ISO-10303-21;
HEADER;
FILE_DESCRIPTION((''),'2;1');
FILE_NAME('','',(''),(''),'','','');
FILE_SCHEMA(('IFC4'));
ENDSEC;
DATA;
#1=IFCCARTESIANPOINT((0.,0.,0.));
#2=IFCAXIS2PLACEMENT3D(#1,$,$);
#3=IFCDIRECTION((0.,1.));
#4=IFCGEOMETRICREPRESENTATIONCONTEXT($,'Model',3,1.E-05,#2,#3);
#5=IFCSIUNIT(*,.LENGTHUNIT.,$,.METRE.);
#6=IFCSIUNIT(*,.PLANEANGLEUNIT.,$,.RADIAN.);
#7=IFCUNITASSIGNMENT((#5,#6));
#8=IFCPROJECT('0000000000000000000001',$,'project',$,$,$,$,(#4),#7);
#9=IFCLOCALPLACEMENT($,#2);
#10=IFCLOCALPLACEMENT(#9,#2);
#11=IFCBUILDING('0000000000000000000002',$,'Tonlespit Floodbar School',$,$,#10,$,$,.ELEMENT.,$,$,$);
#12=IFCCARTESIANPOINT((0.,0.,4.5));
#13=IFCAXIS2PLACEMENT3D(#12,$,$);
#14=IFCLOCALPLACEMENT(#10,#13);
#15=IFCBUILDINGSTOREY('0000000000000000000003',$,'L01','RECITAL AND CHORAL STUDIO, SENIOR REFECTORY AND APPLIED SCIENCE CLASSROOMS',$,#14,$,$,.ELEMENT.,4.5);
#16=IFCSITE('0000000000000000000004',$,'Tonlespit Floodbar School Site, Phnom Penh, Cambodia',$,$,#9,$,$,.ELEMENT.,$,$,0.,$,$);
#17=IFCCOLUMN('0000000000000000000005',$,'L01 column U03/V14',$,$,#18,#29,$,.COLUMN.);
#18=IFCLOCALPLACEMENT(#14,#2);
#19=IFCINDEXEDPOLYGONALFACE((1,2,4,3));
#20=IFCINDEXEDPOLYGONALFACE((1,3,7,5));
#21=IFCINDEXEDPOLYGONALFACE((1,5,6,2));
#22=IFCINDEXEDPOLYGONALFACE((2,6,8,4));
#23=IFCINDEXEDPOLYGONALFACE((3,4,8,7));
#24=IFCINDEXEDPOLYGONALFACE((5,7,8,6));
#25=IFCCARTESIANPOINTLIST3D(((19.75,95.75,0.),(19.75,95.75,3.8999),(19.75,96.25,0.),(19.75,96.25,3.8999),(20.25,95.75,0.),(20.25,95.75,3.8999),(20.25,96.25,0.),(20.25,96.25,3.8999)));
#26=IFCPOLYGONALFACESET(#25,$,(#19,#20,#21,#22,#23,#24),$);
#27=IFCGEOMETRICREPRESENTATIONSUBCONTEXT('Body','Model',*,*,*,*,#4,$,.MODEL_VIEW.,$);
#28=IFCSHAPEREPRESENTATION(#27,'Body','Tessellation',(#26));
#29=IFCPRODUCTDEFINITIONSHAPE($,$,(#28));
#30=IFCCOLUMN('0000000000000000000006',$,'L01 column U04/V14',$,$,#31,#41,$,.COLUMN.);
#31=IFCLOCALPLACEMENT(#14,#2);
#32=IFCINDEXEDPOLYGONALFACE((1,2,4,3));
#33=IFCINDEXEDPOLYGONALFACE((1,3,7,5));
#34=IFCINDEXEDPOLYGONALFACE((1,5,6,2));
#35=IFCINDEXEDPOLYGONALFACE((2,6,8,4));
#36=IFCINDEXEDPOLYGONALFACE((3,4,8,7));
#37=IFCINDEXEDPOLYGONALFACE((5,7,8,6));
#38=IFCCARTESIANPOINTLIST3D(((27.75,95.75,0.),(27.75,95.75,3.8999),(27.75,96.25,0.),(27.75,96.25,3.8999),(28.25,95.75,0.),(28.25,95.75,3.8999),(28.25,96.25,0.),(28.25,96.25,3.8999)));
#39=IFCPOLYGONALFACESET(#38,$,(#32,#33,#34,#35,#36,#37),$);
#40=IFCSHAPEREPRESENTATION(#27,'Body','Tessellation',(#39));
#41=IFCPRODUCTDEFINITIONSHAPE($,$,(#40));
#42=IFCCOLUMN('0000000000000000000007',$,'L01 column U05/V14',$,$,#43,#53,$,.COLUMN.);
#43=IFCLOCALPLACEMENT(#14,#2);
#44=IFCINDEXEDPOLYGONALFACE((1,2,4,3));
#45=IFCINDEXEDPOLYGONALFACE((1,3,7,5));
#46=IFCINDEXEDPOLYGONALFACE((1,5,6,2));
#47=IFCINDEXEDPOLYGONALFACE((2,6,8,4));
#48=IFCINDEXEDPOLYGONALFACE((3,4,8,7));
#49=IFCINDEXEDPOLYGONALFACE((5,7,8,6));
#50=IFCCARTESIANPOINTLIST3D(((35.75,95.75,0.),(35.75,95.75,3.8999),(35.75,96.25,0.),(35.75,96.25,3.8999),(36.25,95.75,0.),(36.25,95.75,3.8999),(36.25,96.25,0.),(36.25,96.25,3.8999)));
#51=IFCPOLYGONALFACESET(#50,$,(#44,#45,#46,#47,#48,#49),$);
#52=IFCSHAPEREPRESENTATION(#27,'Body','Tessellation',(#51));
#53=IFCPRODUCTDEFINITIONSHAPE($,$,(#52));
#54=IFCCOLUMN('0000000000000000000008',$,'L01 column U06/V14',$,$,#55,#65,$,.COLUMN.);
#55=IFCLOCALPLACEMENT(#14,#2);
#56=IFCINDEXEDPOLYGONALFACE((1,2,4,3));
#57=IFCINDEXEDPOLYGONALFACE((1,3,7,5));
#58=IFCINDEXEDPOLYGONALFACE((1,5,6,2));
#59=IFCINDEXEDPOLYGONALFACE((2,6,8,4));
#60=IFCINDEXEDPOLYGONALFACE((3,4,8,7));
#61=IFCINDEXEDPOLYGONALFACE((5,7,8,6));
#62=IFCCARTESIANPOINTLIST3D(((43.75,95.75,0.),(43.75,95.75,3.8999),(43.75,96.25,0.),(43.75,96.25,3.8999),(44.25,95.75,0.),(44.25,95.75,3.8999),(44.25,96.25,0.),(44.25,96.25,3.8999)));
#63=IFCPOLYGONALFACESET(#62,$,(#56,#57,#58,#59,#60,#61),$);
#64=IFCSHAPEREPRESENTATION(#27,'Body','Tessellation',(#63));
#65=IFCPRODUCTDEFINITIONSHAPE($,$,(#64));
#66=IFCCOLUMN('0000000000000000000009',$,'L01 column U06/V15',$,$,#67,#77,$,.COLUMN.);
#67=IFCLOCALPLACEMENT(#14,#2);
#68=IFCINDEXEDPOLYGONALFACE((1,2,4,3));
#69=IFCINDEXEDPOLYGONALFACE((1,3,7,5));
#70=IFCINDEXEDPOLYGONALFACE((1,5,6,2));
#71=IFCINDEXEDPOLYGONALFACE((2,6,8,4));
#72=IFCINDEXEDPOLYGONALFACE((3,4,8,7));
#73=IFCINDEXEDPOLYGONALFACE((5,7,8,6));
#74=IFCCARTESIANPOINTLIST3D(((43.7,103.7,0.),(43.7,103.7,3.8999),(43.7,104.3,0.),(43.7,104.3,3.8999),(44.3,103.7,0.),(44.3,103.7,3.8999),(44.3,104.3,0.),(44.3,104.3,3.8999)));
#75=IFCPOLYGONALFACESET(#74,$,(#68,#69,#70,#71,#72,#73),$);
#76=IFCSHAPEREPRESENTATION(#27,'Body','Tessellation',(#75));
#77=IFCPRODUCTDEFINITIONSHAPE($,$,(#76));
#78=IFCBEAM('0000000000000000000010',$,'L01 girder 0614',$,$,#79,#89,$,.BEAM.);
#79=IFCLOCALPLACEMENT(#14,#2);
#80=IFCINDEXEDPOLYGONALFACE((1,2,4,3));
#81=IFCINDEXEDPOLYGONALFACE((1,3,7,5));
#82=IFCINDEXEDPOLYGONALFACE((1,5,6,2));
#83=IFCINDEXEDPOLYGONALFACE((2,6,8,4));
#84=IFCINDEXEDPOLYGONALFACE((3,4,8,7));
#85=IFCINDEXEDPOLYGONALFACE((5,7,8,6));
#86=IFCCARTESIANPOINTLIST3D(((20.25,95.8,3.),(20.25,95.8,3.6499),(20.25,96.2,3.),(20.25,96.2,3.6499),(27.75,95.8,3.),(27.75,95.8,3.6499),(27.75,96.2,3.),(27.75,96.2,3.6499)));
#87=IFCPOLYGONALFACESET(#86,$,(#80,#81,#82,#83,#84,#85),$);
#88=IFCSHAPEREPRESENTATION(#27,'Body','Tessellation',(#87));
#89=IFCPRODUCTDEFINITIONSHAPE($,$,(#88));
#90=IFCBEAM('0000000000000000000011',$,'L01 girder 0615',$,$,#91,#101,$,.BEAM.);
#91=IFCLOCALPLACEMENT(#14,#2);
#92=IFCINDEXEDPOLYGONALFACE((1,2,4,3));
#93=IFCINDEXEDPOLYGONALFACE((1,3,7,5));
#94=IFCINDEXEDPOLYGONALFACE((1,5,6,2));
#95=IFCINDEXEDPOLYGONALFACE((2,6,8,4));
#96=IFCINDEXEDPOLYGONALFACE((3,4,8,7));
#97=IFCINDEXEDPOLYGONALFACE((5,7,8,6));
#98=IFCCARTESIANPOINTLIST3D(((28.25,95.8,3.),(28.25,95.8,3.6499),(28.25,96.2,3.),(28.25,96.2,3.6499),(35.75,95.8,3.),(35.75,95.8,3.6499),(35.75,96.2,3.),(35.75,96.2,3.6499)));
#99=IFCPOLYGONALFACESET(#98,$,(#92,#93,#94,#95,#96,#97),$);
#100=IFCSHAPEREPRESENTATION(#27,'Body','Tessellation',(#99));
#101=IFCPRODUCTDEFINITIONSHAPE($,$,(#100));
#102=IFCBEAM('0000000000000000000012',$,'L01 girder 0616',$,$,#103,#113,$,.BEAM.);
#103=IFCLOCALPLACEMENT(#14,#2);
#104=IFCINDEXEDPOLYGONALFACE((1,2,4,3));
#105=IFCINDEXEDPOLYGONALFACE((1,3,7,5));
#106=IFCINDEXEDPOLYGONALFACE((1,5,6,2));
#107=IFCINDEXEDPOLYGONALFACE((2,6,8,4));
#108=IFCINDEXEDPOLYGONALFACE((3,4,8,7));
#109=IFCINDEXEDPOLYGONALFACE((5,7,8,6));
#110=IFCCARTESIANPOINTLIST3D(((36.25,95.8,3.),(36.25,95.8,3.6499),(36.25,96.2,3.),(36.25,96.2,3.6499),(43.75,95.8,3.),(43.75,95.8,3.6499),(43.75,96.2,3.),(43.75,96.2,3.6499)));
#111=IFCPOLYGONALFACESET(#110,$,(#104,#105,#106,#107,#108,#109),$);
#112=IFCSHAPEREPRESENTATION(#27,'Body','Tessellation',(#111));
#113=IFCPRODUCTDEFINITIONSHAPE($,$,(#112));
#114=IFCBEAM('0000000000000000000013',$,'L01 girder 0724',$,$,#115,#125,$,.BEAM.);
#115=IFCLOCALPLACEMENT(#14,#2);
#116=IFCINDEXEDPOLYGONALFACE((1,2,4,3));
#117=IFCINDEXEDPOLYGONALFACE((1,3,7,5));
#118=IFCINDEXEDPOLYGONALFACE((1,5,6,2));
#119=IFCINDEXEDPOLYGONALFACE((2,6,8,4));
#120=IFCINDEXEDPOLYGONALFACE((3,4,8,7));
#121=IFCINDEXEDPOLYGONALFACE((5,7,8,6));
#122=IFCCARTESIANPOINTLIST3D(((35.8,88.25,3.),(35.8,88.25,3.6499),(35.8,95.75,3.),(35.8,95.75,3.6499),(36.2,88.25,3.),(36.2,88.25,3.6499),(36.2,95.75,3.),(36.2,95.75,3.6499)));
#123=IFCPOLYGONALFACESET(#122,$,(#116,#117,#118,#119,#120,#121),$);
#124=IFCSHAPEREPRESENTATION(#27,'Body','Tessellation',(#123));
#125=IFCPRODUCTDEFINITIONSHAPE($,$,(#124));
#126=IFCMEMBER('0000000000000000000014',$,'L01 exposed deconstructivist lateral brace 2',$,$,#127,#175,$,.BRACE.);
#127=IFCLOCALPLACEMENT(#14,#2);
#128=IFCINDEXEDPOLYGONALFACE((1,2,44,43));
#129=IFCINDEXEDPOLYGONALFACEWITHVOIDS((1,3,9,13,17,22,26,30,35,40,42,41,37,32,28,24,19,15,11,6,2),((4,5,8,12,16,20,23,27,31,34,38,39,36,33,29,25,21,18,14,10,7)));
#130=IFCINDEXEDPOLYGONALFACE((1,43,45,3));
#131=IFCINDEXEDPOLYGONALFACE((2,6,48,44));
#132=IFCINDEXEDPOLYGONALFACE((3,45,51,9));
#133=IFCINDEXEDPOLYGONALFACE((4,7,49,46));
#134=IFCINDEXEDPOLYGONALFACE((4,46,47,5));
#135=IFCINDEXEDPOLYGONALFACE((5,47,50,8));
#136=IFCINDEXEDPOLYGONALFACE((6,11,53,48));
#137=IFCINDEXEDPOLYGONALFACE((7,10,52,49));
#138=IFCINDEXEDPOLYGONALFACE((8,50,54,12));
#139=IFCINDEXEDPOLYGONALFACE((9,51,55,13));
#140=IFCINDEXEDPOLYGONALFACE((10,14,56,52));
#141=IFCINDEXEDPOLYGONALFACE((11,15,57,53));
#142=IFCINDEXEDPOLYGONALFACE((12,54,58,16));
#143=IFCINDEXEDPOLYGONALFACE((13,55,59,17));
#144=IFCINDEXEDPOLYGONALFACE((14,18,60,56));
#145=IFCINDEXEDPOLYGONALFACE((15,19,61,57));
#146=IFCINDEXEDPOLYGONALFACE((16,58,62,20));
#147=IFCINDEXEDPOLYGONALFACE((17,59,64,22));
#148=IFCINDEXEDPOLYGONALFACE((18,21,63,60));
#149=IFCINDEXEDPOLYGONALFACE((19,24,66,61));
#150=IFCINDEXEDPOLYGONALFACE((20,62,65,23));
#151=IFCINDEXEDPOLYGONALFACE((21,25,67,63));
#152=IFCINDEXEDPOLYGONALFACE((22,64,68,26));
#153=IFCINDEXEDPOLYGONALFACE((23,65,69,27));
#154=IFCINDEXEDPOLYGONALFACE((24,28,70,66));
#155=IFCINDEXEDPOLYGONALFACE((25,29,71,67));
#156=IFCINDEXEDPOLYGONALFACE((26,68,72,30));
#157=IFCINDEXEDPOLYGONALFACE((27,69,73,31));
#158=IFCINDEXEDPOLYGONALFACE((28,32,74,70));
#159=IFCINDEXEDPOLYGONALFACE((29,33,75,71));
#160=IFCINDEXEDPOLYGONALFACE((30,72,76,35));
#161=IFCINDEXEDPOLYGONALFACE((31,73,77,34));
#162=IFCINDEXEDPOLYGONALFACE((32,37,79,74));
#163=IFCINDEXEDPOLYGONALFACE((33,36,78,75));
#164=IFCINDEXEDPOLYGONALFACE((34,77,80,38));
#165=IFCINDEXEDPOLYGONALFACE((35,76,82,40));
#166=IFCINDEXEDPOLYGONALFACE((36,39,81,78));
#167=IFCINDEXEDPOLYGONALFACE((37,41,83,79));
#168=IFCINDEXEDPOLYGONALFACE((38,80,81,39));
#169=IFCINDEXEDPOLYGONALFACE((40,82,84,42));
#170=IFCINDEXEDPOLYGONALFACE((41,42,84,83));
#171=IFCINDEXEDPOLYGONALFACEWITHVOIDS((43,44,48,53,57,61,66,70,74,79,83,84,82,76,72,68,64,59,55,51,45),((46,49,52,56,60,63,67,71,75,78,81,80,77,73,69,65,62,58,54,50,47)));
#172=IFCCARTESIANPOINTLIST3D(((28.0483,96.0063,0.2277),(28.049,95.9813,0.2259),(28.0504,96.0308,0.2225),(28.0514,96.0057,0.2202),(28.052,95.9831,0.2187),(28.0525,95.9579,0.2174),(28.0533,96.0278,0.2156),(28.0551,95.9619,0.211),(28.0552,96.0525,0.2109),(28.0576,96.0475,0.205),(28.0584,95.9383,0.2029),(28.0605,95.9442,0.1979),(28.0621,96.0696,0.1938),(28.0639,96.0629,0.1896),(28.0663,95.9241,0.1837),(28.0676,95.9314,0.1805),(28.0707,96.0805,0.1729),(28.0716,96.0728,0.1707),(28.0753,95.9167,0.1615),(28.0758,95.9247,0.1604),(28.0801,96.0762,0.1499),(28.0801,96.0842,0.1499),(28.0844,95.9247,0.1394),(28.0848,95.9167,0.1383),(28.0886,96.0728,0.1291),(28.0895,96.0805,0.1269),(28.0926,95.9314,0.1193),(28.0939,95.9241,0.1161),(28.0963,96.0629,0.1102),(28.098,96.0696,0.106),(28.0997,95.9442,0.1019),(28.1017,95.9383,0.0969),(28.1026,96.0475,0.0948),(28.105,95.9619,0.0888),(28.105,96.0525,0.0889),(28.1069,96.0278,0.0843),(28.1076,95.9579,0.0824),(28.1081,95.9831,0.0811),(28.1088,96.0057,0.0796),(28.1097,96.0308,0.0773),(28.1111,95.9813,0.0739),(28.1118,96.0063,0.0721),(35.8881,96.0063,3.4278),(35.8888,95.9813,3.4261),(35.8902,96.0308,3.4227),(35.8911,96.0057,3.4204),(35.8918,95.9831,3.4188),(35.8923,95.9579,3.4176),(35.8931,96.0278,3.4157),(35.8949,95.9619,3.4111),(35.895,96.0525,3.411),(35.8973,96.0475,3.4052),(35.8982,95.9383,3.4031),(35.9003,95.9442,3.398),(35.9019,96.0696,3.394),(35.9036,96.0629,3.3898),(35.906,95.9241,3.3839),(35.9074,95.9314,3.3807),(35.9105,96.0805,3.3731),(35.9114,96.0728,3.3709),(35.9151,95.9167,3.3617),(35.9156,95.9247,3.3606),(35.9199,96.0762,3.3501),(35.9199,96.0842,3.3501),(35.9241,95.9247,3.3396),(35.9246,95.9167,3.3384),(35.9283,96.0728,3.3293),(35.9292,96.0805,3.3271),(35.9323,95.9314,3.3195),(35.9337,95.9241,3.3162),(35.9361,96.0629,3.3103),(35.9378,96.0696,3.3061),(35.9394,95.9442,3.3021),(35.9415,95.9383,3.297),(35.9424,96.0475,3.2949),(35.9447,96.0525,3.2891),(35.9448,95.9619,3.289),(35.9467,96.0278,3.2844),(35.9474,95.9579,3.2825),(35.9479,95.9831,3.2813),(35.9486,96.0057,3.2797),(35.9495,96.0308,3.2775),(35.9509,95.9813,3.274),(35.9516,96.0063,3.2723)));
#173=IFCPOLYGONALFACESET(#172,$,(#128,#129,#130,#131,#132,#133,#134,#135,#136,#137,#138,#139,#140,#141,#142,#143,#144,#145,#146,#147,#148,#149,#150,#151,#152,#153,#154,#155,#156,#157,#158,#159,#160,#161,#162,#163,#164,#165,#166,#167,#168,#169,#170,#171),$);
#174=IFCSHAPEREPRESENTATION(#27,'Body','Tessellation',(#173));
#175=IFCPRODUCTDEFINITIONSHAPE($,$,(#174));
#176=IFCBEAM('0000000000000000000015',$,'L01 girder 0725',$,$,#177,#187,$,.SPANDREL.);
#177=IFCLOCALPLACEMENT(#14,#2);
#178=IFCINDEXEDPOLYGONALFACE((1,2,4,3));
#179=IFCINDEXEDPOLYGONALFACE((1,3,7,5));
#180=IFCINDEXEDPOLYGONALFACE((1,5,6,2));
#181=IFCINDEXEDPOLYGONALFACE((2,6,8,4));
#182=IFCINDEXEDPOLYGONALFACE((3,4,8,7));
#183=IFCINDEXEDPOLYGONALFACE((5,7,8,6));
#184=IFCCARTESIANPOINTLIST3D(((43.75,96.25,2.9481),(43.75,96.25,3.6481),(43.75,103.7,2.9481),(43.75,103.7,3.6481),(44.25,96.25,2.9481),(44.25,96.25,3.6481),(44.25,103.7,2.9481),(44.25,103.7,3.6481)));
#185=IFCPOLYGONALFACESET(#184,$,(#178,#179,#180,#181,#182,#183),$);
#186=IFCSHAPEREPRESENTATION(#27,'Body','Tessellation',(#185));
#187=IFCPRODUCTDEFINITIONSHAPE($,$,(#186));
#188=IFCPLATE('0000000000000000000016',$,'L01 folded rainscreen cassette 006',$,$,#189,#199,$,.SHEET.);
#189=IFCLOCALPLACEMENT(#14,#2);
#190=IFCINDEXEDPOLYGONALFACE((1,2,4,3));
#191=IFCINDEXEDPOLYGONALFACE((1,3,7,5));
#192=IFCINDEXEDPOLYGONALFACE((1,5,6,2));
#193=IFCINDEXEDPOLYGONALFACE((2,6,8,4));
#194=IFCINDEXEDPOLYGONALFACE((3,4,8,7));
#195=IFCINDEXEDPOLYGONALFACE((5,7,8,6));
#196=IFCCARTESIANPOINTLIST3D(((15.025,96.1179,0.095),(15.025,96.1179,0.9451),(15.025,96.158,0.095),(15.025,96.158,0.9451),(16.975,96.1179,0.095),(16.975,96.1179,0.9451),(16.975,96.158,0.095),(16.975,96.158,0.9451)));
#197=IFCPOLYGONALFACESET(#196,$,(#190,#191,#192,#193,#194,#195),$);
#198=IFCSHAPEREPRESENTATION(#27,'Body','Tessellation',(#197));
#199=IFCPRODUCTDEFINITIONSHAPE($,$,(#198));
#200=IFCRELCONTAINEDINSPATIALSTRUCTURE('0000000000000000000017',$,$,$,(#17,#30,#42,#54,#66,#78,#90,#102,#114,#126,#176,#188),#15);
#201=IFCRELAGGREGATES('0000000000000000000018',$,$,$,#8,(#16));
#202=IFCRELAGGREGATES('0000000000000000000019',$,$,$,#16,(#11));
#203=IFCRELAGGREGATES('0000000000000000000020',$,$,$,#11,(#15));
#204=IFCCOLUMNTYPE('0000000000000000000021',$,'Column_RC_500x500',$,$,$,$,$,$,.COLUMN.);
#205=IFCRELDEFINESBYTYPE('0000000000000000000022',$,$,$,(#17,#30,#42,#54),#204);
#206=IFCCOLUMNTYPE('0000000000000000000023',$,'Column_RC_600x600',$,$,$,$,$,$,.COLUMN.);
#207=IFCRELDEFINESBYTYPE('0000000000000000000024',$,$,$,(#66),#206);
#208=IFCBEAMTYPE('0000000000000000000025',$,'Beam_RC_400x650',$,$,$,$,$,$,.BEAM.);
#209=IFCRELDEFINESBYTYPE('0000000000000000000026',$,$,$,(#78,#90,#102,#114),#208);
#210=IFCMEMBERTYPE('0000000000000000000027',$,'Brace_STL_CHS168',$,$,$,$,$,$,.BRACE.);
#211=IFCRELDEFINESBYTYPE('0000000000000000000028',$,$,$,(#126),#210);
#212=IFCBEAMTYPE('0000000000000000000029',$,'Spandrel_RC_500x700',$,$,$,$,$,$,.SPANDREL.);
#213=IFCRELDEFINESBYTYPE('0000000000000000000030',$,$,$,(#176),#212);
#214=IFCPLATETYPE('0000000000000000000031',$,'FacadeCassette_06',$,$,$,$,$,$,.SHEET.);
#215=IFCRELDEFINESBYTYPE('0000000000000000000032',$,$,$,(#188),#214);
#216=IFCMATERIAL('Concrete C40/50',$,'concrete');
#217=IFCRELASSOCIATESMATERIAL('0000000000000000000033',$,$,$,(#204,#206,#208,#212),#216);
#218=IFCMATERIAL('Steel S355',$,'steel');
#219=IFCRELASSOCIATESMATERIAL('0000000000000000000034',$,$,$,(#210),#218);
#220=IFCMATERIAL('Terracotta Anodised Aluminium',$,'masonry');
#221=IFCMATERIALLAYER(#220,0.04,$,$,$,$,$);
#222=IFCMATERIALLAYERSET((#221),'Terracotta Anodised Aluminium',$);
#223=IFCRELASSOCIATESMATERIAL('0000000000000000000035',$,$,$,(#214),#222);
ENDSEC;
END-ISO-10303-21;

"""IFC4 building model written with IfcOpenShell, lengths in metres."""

from ifc_helpers import new_model, si_unit, direction, frame, origin, origin_2d, place, context, subcontext, project, spatial, rectangle, hollow_circle, extrude, material, layer, layer_set, material_profile, profile_set, type_object, element, save


model = new_model("IFC4")

# Units and contexts
model_context = context("Model", 3, precision=1e-05, world=origin(), true_north=direction((0.0, 1.0)))
body_context = subcontext(model_context, "Body", "Model", "MODEL_VIEW")
ifc_project = project(units=[si_unit("LENGTHUNIT", "METRE"), si_unit("PLANEANGLEUNIT", "RADIAN")], contexts=[model_context])

# Site, building, storey
site_placement = place(None, origin())
site = spatial("IfcSite", under=ifc_project, at=site_placement, Name="Tonlespit Floodbar School Site, Phnom Penh, Cambodia", CompositionType="ELEMENT", RefElevation=0.0)
building_placement = place(site_placement, origin())
building = spatial("IfcBuilding", under=site, at=building_placement, Name="Tonlespit Floodbar School", CompositionType="ELEMENT")
storey_placement = place(building_placement, frame((0.0, 0.0, 4.5)))
storey = spatial("IfcBuildingStorey", under=building, at=storey_placement, Name="L01", Description="RECITAL AND CHORAL STUDIO, SENIOR REFECTORY AND APPLIED SCIENCE CLASSROOMS", CompositionType="ELEMENT", Elevation=4.5)

# Columns
ifc_material_1 = material(Name="Concrete C40/50", Category="concrete")
ifc_material_profile_1 = material_profile(ifc_material_1, rectangle(XDim=0.5, YDim=0.5, at=origin_2d()), Name="RC 500x500")
ifc_profile_set_1 = profile_set([ifc_material_profile_1], Name="Concrete C40/50")
column_type_1 = type_object("IfcColumnType", Name="Column_RC_500x500", PredefinedType="COLUMN", material=ifc_profile_set_1)
for number, where, z_axis, x_axis, name in (
    (1, (20.0, 96.0, 0.0), (0.0, 0.0, 1.0), (1.0, 0.0, 0.0), "L01 column U03/V14"),
    (2, (28.0, 96.0, 0.0), (0.0, 0.0, 1.0), (1.0, 0.0, 0.0), "L01 column U04/V14"),
    (3, (36.0, 96.0, 0.0), (0.0, 0.0, 1.0), (1.0, 0.0, 0.0), "L01 column U05/V14"),
    (4, (44.0, 96.0, 0.0), (0.0, 0.0, 1.0), (1.0, 0.0, 0.0), "L01 column U06/V14"),
):
    element("IfcColumn", number, at=place(storey_placement, frame(where, z_axis=z_axis, x_axis=x_axis)), inside=storey, type_object=column_type_1, Name=name, PredefinedType="COLUMN", context=body_context, shape_type="SweptSolid", body=[
        extrude(rectangle(XDim=0.5, YDim=0.5, at=origin_2d()), origin(), (0.0, 0.0, 1.0), 3.8999),
    ])
ifc_material_profile_2 = material_profile(ifc_material_1, rectangle(XDim=0.6001, YDim=0.6001, at=origin_2d()), Name="RC 600x600")
ifc_profile_set_2 = profile_set([ifc_material_profile_2], Name="Concrete C40/50")
column_type_2 = type_object("IfcColumnType", Name="Column_RC_600x600", PredefinedType="COLUMN", material=ifc_profile_set_2)
column_placement = place(storey_placement, frame((44.0, 104.0, 0.0), z_axis=(0.0, 0.0, 1.0), x_axis=(1.0, 0.0, 0.0)))
element("IfcColumn", 5, at=column_placement, inside=storey, type_object=column_type_2, Name="L01 column U06/V15", PredefinedType="COLUMN", context=body_context, shape_type="SweptSolid", body=[
    extrude(rectangle(XDim=0.6001, YDim=0.6001, at=origin_2d()), origin(), (0.0, 0.0, 1.0), 3.8999),
])

# Beams
ifc_material_profile_3 = material_profile(ifc_material_1, rectangle(XDim=0.3999, YDim=0.6499, at=origin_2d()), Name="RC 400x650")
ifc_profile_set_3 = profile_set([ifc_material_profile_3], Name="Concrete C40/50")
beam_type_1 = type_object("IfcBeamType", Name="Beam_RC_400x650", PredefinedType="BEAM", material=ifc_profile_set_3)
for number, where, z_axis, x_axis, name in (
    (6, (20.25, 96.0, 3.325), (1.0, 0.0, 0.0), (0.0, 1.0, 0.0), "L01 girder 0614"),
    (7, (28.25, 96.0, 3.325), (1.0, 0.0, 0.0), (0.0, 1.0, 0.0), "L01 girder 0615"),
    (8, (36.25, 96.0, 3.325), (1.0, 0.0, 0.0), (0.0, 1.0, 0.0), "L01 girder 0616"),
    (9, (36.0, 88.25, 3.325), (0.0, 1.0, 0.0), (-1.0, 0.0, 0.0), "L01 girder 0724"),
):
    element("IfcBeam", number, at=place(storey_placement, frame(where, z_axis=z_axis, x_axis=x_axis)), inside=storey, type_object=beam_type_1, Name=name, PredefinedType="BEAM", context=body_context, shape_type="SweptSolid", body=[
        extrude(rectangle(XDim=0.3999, YDim=0.6499, at=origin_2d()), origin(), (0.0, 0.0, 1.0), 7.5),
    ])

# Member
ifc_material_2 = material(Name="Steel S355", Category="steel")
ifc_material_profile_4 = material_profile(ifc_material_2, hollow_circle(Radius=0.0842, WallThickness=0.0081, at=origin_2d()), Name="CHS 168.3x8")
ifc_profile_set_4 = profile_set([ifc_material_profile_4], Name="Steel S355")
member_type = type_object("IfcMemberType", Name="Brace_STL_CHS168", PredefinedType="BRACE", material=ifc_profile_set_4)
member_placement = place(storey_placement, frame((28.0801, 96.0, 0.1499), z_axis=(0.925837, 0.0, 0.377923), x_axis=(0.0, 1.0, 0.0)))
element("IfcMember", 10, at=member_placement, inside=storey, type_object=member_type, Name="L01 exposed deconstructivist lateral brace 2", PredefinedType="BRACE", context=body_context, shape_type="SweptSolid", body=[
    extrude(hollow_circle(Radius=0.0842, WallThickness=0.0081, at=origin_2d()), origin(), (0.0, 0.0, 1.0), 8.4678),
])

# Beam
ifc_material_profile_5 = material_profile(ifc_material_1, rectangle(XDim=0.5, YDim=0.7, at=origin_2d()), Name="RC 500x700")
ifc_profile_set_5 = profile_set([ifc_material_profile_5], Name="Concrete C40/50")
beam_type_2 = type_object("IfcBeamType", Name="Spandrel_RC_500x700", PredefinedType="SPANDREL", material=ifc_profile_set_5)
beam_placement = place(storey_placement, frame((44.0, 96.25, 3.2981), z_axis=(0.0, 1.0, 0.0), x_axis=(-1.0, 0.0, 0.0)))
element("IfcBeam", 11, at=beam_placement, inside=storey, type_object=beam_type_2, Name="L01 girder 0725", PredefinedType="SPANDREL", context=body_context, shape_type="SweptSolid", body=[
    extrude(rectangle(XDim=0.5, YDim=0.7, at=origin_2d()), origin(), (0.0, 0.0, 1.0), 7.45),
])

# Plate
ifc_material_3 = material(Name="Terracotta Anodised Aluminium", Category="masonry")
ifc_layer_1 = layer(ifc_material_3, 0.04)
ifc_layer_set_1 = layer_set([ifc_layer_1], Name="Terracotta Anodised Aluminium")
plate_type_1 = type_object("IfcPlateType", Name="FacadeCassette_06", PredefinedType="SHEET", material=ifc_layer_set_1)
plate_1_placement = place(storey_placement, frame((16.0, 96.1379, 0.095), z_axis=(0.0, 0.0, 1.0), x_axis=(1.0, 0.0, 0.0)))
element("IfcPlate", 12, at=plate_1_placement, inside=storey, type_object=plate_type_1, Name="L01 folded rainscreen cassette 006", PredefinedType="SHEET", context=body_context, shape_type="SweptSolid", body=[
    extrude(rectangle(XDim=1.95, YDim=0.04, at=origin_2d()), origin(), (0.0, 0.0, 1.0), 0.8501),
])

save(model, "model.ifc")
